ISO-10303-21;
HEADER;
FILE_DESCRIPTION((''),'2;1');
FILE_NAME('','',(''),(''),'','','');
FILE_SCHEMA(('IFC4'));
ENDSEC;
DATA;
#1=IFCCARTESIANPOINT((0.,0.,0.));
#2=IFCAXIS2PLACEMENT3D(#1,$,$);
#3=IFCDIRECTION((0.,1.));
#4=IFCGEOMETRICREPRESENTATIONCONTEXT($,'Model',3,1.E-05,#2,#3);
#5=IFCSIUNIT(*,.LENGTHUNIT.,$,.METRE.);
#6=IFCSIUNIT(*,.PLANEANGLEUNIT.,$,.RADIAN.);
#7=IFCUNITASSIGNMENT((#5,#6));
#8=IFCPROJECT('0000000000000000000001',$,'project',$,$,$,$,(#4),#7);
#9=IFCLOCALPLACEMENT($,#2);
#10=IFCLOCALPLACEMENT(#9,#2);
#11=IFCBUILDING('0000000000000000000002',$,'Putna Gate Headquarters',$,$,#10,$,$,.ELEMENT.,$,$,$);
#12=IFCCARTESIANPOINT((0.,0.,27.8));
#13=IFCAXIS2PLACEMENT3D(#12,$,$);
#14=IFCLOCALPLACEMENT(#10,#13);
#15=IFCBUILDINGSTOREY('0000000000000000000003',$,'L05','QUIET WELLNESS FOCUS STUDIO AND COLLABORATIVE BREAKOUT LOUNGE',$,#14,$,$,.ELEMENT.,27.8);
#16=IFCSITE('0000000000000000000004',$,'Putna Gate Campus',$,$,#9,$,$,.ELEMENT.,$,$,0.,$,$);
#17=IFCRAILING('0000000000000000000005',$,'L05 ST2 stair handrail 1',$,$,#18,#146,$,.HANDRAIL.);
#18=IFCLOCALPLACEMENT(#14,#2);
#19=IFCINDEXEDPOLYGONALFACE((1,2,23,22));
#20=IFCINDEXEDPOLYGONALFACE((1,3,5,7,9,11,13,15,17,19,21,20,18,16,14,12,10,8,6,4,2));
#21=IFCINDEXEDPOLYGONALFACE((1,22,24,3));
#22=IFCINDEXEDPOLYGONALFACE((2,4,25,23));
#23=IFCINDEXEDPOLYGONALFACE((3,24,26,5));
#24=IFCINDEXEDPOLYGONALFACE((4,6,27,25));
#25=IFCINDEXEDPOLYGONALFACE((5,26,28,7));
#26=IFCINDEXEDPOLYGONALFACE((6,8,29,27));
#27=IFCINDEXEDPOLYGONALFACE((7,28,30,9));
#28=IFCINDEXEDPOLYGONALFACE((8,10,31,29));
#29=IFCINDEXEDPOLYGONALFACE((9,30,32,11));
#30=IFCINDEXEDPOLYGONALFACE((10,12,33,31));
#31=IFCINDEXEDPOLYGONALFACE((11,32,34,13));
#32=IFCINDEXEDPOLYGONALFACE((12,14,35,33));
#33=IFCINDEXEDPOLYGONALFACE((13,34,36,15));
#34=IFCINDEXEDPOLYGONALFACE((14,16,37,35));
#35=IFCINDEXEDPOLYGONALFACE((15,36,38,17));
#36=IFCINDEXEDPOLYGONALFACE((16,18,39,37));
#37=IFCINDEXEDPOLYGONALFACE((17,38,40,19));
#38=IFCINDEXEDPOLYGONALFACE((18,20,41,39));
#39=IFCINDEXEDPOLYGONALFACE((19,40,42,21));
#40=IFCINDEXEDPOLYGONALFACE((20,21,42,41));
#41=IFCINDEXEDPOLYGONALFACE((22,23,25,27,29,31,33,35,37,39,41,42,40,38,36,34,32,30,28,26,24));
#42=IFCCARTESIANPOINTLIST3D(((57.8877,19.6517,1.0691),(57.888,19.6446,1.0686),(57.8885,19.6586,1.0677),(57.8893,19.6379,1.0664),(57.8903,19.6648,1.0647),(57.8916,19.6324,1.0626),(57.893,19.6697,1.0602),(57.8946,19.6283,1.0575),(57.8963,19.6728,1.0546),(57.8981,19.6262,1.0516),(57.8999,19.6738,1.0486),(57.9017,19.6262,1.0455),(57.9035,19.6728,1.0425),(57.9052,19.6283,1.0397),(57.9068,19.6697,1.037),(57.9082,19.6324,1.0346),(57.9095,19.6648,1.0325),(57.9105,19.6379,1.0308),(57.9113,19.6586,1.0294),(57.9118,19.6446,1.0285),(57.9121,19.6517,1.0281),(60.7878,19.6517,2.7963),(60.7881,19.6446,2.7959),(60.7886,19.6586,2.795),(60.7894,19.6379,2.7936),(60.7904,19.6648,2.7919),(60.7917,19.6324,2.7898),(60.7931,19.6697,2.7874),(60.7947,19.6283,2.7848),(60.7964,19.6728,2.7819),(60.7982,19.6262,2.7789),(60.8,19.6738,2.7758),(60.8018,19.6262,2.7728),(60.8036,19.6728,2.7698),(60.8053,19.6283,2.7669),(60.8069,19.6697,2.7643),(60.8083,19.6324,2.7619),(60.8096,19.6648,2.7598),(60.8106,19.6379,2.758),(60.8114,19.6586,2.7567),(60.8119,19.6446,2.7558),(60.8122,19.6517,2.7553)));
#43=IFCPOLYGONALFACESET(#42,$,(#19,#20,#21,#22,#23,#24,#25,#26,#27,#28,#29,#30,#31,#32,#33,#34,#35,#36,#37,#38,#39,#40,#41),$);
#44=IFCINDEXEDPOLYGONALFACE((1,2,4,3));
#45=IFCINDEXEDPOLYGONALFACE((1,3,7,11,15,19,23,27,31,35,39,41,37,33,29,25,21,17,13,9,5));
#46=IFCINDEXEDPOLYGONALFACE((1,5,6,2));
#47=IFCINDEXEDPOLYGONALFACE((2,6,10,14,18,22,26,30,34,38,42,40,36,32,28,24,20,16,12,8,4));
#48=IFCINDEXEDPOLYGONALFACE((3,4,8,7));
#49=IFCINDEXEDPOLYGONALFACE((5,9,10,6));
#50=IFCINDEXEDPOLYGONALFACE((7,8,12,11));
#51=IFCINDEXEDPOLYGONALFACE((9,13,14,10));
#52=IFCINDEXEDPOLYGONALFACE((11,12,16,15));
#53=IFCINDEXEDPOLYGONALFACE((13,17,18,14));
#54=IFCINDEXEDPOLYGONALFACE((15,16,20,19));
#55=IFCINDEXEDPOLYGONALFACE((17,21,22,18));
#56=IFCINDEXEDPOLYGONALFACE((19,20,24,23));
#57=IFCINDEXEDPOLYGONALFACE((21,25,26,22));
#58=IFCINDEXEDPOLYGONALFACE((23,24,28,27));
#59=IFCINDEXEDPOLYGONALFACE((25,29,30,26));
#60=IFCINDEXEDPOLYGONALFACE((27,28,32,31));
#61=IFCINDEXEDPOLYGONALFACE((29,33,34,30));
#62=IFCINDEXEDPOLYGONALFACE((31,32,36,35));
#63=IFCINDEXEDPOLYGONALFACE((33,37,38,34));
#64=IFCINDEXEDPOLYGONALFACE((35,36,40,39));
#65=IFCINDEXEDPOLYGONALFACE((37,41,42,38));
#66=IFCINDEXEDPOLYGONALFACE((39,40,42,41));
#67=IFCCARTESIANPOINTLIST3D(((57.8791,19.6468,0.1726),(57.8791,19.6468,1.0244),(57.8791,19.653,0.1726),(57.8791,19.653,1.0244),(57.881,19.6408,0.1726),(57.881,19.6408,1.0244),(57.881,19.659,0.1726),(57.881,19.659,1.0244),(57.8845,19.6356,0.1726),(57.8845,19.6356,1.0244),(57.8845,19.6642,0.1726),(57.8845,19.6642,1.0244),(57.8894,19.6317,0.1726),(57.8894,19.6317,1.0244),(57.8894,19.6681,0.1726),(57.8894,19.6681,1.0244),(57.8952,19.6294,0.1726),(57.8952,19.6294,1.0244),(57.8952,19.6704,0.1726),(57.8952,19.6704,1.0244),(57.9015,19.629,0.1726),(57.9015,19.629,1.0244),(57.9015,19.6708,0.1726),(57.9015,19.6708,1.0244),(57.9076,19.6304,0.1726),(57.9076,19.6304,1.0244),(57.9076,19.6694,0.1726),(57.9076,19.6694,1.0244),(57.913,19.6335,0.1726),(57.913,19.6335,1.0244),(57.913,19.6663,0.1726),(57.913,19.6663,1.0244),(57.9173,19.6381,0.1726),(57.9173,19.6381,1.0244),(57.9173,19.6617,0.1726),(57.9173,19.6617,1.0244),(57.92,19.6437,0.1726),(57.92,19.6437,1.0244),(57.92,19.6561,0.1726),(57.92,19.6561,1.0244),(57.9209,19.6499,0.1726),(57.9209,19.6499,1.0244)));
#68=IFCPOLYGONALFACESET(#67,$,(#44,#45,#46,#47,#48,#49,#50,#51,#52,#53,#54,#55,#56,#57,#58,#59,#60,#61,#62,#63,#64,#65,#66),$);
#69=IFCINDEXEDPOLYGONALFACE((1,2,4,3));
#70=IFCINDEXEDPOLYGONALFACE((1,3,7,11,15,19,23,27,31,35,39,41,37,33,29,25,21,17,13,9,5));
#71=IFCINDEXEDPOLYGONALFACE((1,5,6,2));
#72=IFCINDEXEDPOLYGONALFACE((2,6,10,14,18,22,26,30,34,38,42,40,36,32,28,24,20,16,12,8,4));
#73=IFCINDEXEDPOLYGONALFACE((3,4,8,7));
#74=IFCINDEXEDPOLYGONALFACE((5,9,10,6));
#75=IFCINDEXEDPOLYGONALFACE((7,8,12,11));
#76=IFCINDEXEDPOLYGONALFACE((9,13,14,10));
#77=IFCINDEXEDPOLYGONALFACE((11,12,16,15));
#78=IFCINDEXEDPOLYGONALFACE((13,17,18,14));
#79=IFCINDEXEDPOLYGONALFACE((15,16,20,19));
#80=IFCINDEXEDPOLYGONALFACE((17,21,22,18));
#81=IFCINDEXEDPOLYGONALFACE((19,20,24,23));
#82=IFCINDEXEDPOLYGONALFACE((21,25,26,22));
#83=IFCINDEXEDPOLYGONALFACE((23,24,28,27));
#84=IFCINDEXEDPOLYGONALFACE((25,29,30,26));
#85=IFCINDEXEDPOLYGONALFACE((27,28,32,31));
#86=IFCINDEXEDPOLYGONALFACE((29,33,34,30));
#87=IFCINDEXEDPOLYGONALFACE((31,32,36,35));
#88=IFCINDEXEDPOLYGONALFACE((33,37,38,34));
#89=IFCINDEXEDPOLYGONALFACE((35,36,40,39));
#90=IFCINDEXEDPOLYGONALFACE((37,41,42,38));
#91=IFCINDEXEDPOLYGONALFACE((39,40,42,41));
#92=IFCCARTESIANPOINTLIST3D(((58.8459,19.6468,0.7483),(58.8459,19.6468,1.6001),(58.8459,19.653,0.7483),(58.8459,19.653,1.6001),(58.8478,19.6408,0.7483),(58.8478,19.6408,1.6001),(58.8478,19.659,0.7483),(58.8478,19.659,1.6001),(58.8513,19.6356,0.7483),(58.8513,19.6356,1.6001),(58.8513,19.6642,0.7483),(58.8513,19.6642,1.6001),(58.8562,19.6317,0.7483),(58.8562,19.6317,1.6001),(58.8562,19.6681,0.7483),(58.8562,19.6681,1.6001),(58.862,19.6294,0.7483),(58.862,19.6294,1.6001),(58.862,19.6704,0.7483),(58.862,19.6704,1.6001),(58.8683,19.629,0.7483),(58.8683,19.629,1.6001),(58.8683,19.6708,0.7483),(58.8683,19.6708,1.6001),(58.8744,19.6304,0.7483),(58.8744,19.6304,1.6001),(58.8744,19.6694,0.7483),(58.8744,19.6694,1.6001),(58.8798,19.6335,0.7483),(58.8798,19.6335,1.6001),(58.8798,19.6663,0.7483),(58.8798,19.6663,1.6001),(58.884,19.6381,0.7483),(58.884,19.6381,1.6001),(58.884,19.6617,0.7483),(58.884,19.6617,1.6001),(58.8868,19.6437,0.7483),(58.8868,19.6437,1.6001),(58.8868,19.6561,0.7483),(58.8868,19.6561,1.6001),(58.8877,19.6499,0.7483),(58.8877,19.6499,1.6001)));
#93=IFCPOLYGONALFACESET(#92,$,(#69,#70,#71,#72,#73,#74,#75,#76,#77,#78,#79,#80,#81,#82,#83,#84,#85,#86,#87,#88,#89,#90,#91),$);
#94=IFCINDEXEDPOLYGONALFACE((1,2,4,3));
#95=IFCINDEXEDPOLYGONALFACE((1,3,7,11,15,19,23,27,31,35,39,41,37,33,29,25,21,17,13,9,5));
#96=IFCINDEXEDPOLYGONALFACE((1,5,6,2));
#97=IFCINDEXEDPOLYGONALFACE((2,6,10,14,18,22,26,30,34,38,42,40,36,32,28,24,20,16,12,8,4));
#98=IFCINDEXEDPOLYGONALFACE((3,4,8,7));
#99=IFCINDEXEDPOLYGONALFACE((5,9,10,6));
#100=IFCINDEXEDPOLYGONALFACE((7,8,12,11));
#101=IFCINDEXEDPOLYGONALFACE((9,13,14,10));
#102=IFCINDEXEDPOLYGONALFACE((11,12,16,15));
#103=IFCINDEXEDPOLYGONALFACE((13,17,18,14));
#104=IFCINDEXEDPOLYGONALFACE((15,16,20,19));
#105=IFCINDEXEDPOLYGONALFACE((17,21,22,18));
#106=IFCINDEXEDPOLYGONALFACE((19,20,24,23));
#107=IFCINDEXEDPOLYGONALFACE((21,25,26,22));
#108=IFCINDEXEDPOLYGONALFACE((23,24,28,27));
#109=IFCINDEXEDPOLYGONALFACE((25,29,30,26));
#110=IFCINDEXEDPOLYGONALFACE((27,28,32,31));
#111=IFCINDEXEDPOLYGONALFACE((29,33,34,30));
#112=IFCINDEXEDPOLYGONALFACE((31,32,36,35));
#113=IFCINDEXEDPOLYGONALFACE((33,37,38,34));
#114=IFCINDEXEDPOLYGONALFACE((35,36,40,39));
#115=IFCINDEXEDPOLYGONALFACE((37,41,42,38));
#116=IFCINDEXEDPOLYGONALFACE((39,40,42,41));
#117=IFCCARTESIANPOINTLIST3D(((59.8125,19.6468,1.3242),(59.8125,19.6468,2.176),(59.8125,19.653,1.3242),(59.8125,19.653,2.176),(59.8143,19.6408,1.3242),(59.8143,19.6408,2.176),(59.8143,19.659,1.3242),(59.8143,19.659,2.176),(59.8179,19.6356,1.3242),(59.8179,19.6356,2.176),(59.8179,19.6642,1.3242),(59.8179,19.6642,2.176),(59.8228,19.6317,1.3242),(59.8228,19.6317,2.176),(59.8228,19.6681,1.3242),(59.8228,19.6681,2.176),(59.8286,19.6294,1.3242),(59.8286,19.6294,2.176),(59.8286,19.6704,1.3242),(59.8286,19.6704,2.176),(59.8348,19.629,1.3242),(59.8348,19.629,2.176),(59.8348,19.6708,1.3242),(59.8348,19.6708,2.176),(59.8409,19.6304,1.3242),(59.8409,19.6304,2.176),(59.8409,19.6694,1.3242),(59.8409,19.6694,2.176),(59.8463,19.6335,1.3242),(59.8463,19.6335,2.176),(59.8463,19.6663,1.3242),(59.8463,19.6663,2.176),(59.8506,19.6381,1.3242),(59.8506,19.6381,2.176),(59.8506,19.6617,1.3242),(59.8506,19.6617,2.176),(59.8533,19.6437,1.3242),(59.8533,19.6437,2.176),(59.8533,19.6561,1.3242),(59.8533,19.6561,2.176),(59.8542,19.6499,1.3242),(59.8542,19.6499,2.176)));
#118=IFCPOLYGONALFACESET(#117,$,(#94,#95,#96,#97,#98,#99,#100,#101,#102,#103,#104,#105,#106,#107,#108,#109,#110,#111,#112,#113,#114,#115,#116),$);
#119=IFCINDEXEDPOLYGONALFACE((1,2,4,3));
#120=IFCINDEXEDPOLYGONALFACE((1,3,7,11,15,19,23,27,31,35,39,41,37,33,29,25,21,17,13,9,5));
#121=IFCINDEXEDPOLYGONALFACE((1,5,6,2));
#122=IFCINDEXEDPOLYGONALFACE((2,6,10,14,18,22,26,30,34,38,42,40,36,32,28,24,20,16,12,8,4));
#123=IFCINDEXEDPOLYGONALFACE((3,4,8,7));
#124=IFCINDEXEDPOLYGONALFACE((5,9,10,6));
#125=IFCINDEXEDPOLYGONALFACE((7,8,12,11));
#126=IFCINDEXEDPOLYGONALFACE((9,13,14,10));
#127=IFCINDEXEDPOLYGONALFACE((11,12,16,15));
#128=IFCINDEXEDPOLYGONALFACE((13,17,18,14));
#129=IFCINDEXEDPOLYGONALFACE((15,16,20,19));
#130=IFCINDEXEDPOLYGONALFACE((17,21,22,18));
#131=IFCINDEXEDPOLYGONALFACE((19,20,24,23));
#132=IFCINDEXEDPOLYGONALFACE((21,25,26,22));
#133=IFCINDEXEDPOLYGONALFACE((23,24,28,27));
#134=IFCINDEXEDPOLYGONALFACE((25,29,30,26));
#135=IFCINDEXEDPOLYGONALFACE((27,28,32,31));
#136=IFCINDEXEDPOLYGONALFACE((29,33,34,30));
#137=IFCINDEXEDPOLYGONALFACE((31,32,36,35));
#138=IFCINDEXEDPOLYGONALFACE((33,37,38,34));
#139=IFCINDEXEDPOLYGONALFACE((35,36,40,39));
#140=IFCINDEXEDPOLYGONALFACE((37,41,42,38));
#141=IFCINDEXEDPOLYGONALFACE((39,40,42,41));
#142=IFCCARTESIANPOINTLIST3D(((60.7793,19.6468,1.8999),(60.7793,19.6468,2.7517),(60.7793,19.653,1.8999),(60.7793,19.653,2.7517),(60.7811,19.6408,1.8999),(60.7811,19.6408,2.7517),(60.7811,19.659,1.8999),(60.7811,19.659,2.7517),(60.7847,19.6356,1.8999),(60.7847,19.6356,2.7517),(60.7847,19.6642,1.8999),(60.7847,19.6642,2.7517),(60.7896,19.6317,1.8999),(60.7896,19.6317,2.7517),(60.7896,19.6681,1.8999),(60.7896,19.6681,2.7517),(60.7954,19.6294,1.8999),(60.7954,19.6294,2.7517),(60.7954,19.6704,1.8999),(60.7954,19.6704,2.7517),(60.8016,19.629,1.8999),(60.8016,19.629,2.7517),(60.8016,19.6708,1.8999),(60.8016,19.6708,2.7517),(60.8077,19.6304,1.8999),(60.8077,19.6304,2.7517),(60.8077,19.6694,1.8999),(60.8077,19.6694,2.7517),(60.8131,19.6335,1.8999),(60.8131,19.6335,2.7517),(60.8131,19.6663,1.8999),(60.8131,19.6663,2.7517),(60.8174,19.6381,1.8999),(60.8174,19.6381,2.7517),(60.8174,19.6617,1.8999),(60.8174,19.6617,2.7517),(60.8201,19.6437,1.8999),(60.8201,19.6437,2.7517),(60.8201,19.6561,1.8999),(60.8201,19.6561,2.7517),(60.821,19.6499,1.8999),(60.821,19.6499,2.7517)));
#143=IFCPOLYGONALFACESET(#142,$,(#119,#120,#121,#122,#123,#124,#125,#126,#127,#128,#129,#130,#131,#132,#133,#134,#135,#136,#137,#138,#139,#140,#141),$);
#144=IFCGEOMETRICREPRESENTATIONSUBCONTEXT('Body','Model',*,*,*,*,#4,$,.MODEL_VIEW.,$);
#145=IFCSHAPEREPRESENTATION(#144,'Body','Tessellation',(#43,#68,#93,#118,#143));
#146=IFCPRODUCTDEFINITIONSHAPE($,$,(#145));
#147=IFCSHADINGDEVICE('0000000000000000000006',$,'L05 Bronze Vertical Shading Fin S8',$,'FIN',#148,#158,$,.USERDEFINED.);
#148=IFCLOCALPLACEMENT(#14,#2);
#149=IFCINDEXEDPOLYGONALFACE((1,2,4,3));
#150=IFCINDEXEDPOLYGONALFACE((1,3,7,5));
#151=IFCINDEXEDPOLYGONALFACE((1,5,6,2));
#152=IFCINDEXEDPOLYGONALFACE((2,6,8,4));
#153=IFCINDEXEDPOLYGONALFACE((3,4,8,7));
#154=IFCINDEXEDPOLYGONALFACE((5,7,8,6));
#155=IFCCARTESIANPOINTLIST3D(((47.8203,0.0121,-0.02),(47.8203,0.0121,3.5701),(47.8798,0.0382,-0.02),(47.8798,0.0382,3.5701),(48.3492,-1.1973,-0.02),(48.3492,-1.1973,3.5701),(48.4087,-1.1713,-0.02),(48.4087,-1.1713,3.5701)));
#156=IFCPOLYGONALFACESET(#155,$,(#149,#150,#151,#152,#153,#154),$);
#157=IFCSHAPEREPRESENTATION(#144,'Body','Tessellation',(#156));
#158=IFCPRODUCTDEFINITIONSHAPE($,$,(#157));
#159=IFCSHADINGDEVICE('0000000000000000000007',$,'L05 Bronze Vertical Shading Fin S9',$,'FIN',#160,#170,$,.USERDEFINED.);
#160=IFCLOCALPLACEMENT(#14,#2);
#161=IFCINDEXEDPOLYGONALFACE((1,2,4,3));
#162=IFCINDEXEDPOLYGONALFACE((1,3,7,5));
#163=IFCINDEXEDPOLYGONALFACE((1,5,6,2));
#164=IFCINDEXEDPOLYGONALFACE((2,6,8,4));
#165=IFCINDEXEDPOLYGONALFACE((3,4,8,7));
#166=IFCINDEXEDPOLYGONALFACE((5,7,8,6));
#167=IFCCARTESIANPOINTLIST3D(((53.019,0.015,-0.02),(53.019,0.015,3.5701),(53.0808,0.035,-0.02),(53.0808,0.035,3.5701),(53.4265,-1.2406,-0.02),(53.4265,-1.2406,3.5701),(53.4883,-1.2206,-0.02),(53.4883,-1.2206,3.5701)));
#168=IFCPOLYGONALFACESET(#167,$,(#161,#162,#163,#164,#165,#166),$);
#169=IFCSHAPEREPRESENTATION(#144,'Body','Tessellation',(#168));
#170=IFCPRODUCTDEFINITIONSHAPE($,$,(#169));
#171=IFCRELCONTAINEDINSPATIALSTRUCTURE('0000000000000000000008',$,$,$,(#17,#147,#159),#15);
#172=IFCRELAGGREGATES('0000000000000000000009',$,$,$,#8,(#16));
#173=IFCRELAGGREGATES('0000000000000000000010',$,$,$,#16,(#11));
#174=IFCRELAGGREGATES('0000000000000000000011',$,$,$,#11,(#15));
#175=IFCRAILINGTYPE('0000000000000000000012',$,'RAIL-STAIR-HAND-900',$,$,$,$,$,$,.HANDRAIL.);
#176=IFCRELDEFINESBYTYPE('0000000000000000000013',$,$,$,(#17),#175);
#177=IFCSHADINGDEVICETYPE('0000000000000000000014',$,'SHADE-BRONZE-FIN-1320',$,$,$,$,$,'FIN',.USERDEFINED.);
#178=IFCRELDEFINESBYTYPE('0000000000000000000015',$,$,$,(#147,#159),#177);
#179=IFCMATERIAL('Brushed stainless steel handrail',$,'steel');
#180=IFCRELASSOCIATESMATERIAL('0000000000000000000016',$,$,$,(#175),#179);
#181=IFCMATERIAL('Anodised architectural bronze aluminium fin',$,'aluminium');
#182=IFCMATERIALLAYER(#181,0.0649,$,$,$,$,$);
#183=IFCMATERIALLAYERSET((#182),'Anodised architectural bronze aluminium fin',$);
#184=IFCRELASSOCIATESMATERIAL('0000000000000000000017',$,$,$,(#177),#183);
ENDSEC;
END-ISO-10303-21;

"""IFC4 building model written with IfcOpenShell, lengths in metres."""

from ifc_helpers import new_model, si_unit, direction, frame, origin, origin_2d, place, context, subcontext, project, spatial, rectangle, circle, extrude, material, layer, layer_set, type_object, element, save


model = new_model("IFC4")

# Units and contexts
model_context = context("Model", 3, precision=1e-05, world=origin(), true_north=direction((0.0, 1.0)))
body_context = subcontext(model_context, "Body", "Model", "MODEL_VIEW")
ifc_project = project(units=[si_unit("LENGTHUNIT", "METRE"), si_unit("PLANEANGLEUNIT", "RADIAN")], contexts=[model_context])

# Site, building, storey
site_placement = place(None, origin())
site = spatial("IfcSite", under=ifc_project, at=site_placement, Name="Putna Gate Campus", CompositionType="ELEMENT", RefElevation=0.0)
building_placement = place(site_placement, origin())
building = spatial("IfcBuilding", under=site, at=building_placement, Name="Putna Gate Headquarters", CompositionType="ELEMENT")
storey_placement = place(building_placement, frame((0.0, 0.0, 27.8)))
storey = spatial("IfcBuildingStorey", under=building, at=storey_placement, Name="L05", Description="QUIET WELLNESS FOCUS STUDIO AND COLLABORATIVE BREAKOUT LOUNGE", CompositionType="ELEMENT", Elevation=27.8)

# Railing
ifc_material_1 = material(Name="Brushed stainless steel handrail", Category="steel")
railing_type_1 = type_object("IfcRailingType", Name="RAIL-STAIR-HAND-900", PredefinedType="HANDRAIL", material=ifc_material_1)
railing_1_placement = place(storey_placement, frame((57.8999, 19.6499, 0.1726)))
element("IfcRailing", 1, at=railing_1_placement, inside=storey, type_object=railing_type_1, Name="L05 ST2 stair handrail 1", PredefinedType="HANDRAIL", context=body_context, shape_type="SweptSolid", body=[
    extrude(circle(Radius=0.0239, at=origin_2d()), frame((0.0, 0.0, 0.876), z_axis=(0.85916, 0.0, 0.511706), x_axis=(0.0, 1.0, 0.0)), (0.0, 0.0, 1.0), 3.3755),
    extrude(circle(Radius=0.021, at=origin_2d()), origin(), (0.0, 0.0, 1.0), 0.8518),
    extrude(circle(Radius=0.021, at=origin_2d()), frame((0.9668, 0.0, 0.5757)), (0.0, 0.0, 1.0), 0.8518),
    extrude(circle(Radius=0.021, at=origin_2d()), frame((1.9333, 0.0, 1.1516)), (0.0, 0.0, 1.0), 0.8518),
    extrude(circle(Radius=0.021, at=origin_2d()), frame((2.9001, 0.0, 1.7273)), (0.0, 0.0, 1.0), 0.8518),
])

# Shading devices
ifc_material_2 = material(Name="Anodised architectural bronze aluminium fin", Category="aluminium")
ifc_layer_1 = layer(ifc_material_2, 0.0649)
ifc_layer_set_1 = layer_set([ifc_layer_1], Name="Anodised architectural bronze aluminium fin")
shading_device_type = type_object("IfcShadingDeviceType", Name="SHADE-BRONZE-FIN-1320", ElementType="FIN", PredefinedType="USERDEFINED", material=ifc_layer_set_1)
for number, where, z_axis, x_axis, name in (
    (2, (48.1145, -0.5796, -0.02), (0.0, 0.0, 1.0), (0.400669, -0.916223, 0.0), "L05 Bronze Vertical Shading Fin S8"),
    (3, (53.2537, -0.6028, -0.02), (0.0, 0.0, 1.0), (0.308685, -0.951164, 0.0), "L05 Bronze Vertical Shading Fin S9"),
):
    element("IfcShadingDevice", number, at=place(storey_placement, frame(where, z_axis=z_axis, x_axis=x_axis)), inside=storey, type_object=shading_device_type, Name=name, ObjectType="FIN", PredefinedType="USERDEFINED", context=body_context, shape_type="SweptSolid", body=[
        extrude(rectangle(XDim=1.3201, YDim=0.0649, at=origin_2d()), origin(), (0.0, 0.0, 1.0), 3.5901),
    ])

save(model, "model.ifc")
